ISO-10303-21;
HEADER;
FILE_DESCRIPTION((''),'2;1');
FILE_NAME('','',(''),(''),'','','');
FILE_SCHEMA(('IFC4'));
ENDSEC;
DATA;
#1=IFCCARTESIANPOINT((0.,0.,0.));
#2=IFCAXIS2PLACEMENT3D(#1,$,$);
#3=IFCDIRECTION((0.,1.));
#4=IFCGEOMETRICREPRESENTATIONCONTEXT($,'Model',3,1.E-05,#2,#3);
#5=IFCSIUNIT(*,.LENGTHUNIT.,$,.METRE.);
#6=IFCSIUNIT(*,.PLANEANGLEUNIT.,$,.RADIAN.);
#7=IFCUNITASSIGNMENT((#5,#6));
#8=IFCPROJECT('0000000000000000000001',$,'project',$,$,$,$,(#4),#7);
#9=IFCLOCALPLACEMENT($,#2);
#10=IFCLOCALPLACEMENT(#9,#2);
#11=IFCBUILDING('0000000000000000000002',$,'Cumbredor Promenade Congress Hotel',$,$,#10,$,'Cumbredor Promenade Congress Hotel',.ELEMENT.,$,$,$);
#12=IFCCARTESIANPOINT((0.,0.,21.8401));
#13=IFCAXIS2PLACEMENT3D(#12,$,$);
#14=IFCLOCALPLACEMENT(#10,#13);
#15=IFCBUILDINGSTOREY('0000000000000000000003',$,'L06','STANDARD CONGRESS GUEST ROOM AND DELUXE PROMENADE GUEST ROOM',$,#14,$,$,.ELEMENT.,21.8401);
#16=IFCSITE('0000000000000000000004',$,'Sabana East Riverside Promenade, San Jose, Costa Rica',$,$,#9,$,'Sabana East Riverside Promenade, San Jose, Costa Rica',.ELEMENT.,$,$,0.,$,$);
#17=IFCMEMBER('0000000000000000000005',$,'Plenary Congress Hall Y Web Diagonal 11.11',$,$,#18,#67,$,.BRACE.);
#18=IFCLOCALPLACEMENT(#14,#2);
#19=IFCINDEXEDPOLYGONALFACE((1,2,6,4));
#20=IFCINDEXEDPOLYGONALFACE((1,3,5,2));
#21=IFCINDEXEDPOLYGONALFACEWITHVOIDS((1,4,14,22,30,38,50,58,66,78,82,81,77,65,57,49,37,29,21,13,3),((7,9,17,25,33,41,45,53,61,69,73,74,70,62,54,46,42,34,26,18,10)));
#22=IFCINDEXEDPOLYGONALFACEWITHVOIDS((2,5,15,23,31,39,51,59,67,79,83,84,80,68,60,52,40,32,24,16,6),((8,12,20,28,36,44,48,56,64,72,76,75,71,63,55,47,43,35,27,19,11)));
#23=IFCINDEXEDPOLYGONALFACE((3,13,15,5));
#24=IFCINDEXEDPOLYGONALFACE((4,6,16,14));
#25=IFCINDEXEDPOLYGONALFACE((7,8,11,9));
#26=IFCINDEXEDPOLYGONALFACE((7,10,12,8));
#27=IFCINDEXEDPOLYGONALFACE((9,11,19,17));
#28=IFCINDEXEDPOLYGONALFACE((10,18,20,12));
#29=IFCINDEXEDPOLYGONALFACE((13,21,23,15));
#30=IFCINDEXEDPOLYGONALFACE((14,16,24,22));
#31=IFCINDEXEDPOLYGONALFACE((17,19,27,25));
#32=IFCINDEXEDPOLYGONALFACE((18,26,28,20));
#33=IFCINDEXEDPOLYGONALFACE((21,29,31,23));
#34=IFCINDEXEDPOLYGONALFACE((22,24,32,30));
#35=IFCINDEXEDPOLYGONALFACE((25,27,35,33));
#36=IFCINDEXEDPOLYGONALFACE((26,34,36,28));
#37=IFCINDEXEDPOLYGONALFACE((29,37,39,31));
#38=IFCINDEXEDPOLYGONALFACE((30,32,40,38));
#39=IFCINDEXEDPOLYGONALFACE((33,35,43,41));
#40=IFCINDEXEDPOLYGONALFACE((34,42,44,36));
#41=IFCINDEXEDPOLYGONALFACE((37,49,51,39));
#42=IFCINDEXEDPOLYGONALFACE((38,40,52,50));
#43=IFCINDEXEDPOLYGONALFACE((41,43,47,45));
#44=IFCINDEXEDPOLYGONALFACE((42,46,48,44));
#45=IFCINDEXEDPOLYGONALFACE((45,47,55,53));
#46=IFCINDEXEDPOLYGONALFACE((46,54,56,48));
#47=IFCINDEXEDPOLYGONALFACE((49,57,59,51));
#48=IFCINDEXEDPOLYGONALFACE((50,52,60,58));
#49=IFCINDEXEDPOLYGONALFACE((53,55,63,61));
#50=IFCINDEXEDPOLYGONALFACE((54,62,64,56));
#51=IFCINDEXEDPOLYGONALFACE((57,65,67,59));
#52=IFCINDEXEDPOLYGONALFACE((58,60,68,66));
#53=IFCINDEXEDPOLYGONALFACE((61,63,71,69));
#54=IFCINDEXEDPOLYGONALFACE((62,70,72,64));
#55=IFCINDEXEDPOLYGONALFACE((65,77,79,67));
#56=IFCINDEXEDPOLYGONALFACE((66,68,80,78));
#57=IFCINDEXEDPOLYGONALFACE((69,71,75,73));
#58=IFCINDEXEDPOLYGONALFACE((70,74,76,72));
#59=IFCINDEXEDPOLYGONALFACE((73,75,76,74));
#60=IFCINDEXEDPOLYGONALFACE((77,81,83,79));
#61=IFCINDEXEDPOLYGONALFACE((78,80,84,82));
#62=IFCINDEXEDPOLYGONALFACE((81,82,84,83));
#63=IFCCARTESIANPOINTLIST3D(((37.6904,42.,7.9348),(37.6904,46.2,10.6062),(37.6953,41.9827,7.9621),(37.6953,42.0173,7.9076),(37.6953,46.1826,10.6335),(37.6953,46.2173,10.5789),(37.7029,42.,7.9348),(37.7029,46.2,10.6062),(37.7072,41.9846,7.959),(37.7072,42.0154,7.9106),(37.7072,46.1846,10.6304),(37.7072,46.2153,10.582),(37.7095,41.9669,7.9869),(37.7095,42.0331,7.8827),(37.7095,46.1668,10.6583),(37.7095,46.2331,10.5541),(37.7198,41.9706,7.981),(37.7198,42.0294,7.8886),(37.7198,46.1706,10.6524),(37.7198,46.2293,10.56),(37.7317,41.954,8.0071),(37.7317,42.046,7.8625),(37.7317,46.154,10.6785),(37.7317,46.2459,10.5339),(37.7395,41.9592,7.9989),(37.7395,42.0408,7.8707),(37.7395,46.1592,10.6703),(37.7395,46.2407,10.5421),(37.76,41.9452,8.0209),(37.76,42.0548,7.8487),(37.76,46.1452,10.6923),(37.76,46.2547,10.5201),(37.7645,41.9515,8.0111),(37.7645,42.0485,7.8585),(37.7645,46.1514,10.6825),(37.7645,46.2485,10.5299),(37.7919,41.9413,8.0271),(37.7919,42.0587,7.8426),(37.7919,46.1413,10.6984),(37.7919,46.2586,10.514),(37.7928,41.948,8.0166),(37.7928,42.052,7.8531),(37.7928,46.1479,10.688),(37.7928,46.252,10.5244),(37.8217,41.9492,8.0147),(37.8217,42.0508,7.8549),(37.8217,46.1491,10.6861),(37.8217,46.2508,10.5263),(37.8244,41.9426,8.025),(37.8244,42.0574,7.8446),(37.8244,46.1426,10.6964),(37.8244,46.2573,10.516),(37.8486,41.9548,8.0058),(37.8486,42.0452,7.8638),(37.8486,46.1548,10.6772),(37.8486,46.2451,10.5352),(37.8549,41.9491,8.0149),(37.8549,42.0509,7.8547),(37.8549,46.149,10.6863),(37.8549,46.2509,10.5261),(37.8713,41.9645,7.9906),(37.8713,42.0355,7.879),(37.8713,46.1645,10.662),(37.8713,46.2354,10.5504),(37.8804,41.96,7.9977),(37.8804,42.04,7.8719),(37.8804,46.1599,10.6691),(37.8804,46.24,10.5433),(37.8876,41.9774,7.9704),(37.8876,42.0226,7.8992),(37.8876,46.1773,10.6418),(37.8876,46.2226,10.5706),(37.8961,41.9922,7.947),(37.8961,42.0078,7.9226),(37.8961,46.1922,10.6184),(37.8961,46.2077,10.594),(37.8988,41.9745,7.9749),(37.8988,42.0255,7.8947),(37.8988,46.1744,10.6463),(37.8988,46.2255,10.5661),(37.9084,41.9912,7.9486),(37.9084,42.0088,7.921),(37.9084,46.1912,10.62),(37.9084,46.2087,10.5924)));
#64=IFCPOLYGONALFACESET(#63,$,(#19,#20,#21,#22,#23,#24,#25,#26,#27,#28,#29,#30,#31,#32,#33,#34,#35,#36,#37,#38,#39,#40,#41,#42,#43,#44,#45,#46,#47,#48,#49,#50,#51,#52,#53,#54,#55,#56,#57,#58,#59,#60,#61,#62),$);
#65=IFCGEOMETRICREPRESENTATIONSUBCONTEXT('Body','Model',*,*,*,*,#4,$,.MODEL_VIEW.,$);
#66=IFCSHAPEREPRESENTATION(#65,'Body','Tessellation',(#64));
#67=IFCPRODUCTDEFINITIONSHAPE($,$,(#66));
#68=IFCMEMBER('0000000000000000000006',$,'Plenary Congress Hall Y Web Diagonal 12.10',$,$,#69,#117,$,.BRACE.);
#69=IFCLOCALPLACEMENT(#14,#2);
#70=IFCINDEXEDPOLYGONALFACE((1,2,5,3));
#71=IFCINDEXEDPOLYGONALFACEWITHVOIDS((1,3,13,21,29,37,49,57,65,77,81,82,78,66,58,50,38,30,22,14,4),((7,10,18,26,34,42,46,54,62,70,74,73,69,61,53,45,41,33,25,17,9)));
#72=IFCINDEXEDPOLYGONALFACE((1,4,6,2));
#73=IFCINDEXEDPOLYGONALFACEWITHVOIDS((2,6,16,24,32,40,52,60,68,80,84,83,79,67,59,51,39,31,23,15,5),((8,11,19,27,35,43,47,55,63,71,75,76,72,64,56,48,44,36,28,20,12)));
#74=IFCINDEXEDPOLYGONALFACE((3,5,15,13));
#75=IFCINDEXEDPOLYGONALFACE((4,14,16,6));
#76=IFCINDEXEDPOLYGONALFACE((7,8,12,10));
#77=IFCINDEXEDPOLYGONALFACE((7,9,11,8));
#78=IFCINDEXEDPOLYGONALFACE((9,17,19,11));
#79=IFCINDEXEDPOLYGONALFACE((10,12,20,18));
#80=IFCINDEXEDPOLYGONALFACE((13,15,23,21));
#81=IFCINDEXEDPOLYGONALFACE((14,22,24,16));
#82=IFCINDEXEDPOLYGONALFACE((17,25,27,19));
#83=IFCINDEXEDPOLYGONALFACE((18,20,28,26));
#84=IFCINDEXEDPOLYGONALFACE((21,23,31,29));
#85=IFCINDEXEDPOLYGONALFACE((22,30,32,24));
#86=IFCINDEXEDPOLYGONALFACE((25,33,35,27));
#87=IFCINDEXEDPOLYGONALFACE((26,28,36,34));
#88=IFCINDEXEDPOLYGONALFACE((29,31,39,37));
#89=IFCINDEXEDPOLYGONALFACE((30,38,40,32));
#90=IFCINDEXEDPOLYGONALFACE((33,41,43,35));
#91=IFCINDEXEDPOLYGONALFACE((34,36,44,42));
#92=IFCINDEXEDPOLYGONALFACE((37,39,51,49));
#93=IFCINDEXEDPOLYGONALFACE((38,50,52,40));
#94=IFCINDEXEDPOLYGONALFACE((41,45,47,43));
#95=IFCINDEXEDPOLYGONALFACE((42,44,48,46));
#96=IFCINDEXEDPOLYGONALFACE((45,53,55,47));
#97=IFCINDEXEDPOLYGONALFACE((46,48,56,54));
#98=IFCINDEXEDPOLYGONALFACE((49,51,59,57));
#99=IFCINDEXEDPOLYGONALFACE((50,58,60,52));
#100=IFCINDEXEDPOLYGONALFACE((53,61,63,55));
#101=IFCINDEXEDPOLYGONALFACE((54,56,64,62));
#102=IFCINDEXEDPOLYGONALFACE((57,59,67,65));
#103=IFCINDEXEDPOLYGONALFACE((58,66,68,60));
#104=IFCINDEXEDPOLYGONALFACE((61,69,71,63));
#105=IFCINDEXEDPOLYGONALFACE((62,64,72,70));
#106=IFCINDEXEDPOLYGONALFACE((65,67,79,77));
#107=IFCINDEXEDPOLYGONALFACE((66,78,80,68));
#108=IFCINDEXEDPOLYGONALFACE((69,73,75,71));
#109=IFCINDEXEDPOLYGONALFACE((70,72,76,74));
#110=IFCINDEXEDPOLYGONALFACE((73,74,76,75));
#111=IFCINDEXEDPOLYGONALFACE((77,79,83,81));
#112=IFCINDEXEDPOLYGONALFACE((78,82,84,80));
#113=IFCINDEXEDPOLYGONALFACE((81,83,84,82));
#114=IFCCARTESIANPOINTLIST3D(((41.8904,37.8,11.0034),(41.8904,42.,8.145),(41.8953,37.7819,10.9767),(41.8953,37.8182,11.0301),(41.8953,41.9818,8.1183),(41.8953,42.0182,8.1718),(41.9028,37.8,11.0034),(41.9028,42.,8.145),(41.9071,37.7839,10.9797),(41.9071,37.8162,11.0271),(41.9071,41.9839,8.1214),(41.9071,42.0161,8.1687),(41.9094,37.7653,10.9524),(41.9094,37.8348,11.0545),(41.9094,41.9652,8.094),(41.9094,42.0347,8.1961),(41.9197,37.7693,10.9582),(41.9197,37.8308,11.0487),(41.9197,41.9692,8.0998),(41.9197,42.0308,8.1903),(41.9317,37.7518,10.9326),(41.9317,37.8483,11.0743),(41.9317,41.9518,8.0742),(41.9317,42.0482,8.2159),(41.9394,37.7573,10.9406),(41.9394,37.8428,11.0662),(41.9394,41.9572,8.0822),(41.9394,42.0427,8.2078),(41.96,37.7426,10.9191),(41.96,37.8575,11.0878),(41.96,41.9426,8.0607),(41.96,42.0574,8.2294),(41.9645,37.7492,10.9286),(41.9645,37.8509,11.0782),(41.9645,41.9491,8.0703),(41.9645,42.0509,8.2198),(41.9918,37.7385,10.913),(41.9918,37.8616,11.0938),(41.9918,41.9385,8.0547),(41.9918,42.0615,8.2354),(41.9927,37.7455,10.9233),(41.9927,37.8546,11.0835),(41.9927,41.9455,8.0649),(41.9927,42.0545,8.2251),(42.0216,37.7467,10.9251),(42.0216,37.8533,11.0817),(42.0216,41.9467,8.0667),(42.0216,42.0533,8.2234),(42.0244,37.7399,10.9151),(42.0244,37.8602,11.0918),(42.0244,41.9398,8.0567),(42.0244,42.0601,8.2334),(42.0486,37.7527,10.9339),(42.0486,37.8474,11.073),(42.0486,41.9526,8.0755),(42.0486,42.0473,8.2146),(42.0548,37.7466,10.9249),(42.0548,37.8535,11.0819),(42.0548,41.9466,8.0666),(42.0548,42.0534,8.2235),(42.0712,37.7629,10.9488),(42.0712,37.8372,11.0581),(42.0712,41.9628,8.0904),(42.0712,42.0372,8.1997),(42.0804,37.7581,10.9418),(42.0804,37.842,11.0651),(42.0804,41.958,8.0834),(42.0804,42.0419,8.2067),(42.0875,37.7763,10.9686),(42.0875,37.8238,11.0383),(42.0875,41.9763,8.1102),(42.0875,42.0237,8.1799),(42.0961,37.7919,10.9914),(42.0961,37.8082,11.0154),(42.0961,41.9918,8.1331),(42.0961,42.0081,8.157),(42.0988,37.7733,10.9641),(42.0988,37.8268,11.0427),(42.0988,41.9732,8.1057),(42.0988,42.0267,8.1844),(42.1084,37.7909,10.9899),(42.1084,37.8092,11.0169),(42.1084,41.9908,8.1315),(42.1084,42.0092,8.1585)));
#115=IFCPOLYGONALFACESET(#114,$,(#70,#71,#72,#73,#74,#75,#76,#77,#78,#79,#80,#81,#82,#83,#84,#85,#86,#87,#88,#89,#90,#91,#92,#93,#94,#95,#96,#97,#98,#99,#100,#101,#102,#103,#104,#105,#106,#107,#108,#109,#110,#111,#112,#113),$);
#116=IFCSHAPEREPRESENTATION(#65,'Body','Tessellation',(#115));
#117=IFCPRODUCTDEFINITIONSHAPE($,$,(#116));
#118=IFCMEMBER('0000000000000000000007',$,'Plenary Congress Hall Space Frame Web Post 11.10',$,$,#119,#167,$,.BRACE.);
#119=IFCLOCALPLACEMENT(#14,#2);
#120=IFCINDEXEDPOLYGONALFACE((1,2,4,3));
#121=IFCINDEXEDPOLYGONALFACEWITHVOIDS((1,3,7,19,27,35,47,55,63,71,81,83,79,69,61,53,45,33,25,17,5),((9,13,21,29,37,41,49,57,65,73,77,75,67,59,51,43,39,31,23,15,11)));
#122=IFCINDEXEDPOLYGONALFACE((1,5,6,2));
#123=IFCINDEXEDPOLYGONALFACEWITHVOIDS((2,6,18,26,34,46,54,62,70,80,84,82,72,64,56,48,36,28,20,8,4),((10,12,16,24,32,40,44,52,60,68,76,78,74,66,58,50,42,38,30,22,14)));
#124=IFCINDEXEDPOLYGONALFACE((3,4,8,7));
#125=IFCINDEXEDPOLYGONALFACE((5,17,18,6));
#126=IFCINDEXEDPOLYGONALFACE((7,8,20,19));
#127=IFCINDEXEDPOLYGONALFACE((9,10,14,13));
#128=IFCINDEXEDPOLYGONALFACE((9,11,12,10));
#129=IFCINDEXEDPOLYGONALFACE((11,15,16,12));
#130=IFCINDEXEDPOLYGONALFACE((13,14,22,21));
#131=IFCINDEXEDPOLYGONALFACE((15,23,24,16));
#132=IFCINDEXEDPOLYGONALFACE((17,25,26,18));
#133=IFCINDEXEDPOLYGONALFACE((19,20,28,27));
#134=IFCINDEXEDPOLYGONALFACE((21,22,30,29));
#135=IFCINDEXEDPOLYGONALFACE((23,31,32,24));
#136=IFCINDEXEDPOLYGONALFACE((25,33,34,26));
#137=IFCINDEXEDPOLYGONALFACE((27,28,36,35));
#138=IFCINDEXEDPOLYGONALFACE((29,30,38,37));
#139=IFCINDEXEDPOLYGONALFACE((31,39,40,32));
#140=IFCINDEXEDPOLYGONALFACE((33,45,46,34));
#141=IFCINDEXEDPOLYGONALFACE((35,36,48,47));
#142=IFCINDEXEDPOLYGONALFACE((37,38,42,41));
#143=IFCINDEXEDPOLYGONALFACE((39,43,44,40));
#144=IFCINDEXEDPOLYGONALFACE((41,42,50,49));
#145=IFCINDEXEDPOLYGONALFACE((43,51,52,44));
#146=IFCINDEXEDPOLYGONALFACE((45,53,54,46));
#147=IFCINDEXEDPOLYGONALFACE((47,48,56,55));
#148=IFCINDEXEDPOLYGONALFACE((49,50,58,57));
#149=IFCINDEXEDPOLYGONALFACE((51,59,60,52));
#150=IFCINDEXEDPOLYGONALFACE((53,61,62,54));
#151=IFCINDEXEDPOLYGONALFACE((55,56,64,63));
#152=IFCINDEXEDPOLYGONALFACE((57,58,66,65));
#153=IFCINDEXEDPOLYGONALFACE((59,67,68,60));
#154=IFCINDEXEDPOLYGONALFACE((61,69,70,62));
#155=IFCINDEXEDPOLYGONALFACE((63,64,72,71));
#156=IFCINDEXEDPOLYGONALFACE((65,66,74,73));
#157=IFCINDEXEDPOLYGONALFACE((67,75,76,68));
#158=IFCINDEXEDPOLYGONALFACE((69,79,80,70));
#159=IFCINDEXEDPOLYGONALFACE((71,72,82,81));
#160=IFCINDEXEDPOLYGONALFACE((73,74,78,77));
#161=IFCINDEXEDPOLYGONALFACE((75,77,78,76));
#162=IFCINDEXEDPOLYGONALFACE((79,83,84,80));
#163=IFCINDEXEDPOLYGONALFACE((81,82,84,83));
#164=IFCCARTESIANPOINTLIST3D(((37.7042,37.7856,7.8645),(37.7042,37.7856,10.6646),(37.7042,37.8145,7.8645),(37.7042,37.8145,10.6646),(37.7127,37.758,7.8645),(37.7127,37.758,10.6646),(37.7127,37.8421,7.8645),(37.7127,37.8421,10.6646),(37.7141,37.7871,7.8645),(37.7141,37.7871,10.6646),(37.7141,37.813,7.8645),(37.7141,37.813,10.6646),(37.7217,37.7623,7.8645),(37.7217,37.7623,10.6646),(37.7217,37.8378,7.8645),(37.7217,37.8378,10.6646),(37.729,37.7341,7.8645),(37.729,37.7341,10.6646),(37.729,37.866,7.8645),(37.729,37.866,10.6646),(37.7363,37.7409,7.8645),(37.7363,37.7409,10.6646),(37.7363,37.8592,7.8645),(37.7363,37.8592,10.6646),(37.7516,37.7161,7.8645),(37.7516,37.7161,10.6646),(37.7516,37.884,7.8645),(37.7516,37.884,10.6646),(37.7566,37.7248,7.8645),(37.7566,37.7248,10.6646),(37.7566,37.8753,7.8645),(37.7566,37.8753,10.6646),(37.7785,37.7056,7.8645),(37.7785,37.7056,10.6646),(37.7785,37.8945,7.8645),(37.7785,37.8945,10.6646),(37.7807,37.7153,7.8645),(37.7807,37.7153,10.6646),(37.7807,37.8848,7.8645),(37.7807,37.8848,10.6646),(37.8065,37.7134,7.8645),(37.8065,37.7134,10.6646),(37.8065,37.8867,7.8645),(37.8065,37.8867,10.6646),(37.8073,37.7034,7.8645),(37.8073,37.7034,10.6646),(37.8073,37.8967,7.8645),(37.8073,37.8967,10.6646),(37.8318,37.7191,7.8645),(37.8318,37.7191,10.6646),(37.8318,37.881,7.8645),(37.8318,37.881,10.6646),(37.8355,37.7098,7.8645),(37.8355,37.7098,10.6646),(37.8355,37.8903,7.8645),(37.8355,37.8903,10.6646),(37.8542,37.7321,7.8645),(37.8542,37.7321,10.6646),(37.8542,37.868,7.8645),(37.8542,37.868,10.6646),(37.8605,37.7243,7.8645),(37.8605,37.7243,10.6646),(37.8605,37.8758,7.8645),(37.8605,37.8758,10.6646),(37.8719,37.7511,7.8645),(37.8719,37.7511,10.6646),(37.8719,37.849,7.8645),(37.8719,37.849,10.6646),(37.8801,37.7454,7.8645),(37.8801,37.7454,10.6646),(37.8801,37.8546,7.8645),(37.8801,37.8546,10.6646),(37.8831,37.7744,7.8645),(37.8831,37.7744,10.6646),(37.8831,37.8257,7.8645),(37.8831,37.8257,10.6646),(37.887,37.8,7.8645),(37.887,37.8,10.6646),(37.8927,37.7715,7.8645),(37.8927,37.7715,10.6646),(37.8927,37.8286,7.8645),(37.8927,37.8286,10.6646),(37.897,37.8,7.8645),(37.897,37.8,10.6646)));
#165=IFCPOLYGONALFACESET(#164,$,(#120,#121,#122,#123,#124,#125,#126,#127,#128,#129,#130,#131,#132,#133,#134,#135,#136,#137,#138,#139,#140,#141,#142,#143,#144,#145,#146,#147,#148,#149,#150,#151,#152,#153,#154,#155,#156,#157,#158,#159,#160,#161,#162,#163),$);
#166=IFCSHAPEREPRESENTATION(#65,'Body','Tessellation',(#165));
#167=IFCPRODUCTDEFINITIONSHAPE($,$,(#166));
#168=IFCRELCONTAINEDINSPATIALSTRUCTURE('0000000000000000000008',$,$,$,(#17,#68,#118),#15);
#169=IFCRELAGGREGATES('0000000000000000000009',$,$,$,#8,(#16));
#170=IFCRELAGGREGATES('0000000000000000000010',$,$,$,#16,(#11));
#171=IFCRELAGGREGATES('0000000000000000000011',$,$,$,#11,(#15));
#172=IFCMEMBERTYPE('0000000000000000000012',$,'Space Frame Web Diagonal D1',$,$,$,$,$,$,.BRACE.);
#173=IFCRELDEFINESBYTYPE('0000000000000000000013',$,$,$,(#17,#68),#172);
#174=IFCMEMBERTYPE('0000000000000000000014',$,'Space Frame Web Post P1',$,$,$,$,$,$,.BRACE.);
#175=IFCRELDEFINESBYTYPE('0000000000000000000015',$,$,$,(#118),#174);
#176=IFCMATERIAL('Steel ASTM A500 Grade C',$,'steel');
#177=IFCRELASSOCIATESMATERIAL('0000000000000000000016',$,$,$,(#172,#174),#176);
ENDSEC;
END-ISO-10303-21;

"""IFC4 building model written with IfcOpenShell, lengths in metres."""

from ifc_helpers import new_model, si_unit, direction, frame, origin, origin_2d, place, context, subcontext, project, spatial, hollow_circle, extrude, material, material_profile, profile_set, type_object, element, save


model = new_model("IFC4")

# Units and contexts
model_context = context("Model", 3, precision=1e-05, world=origin(), true_north=direction((0.0, 1.0)))
body_context = subcontext(model_context, "Body", "Model", "MODEL_VIEW")
ifc_project = project(units=[si_unit("LENGTHUNIT", "METRE"), si_unit("PLANEANGLEUNIT", "RADIAN")], contexts=[model_context])

# Site, building, storey
site_placement = place(None, origin())
site = spatial("IfcSite", under=ifc_project, at=site_placement, Name="Sabana East Riverside Promenade, San Jose, Costa Rica", LongName="Sabana East Riverside Promenade, San Jose, Costa Rica", CompositionType="ELEMENT", RefElevation=0.0)
building_placement = place(site_placement, origin())
building = spatial("IfcBuilding", under=site, at=building_placement, Name="Cumbredor Promenade Congress Hotel", LongName="Cumbredor Promenade Congress Hotel", CompositionType="ELEMENT")
storey_placement = place(building_placement, frame((0.0, 0.0, 21.8401)))
storey = spatial("IfcBuildingStorey", under=building, at=storey_placement, Name="L06", Description="STANDARD CONGRESS GUEST ROOM AND DELUXE PROMENADE GUEST ROOM", CompositionType="ELEMENT", Elevation=21.8401)

# Members
ifc_material_1 = material(Name="Steel ASTM A500 Grade C", Category="steel")
ifc_material_profile_1 = material_profile(ifc_material_1, hollow_circle(Radius=0.1096, WallThickness=0.0125, at=origin_2d()), Name="CHS 219.1x12.5")
ifc_profile_set_1 = profile_set([ifc_material_profile_1], Name="Steel ASTM A500 Grade C")
member_type_1 = type_object("IfcMemberType", Name="Space Frame Web Diagonal D1", PredefinedType="BRACE", material=ifc_profile_set_1)
member_1_placement = place(storey_placement, frame((37.8, 42.0, 7.9348), z_axis=(0.0, 0.843781, 0.536688), x_axis=(-1.0, 0.0, 0.0)))
element("IfcMember", 1, at=member_1_placement, inside=storey, type_object=member_type_1, Name="Plenary Congress Hall Y Web Diagonal 11.11", PredefinedType="BRACE", context=body_context, shape_type="SweptSolid", body=[
    extrude(hollow_circle(Radius=0.1096, WallThickness=0.0125, at=origin_2d()), origin(), (0.0, 0.0, 1.0), 4.9775),
])
member_2_placement = place(storey_placement, frame((42.0, 37.8, 11.0034), z_axis=(0.0, 0.826704, -0.562637), x_axis=(-1.0, 0.0, 0.0)))
element("IfcMember", 2, at=member_2_placement, inside=storey, type_object=member_type_1, Name="Plenary Congress Hall Y Web Diagonal 12.10", PredefinedType="BRACE", context=body_context, shape_type="SweptSolid", body=[
    extrude(hollow_circle(Radius=0.1096, WallThickness=0.0125, at=origin_2d()), origin(), (0.0, 0.0, 1.0), 5.0803),
])
ifc_material_profile_2 = material_profile(ifc_material_1, hollow_circle(Radius=0.0969, WallThickness=0.01, at=origin_2d()), Name="CHS 193.7x10")
ifc_profile_set_2 = profile_set([ifc_material_profile_2], Name="Steel ASTM A500 Grade C")
member_type_2 = type_object("IfcMemberType", Name="Space Frame Web Post P1", PredefinedType="BRACE", material=ifc_profile_set_2)
for number, where, z_axis, x_axis, name in (
    (3, (37.8, 37.8, 7.8645), (0.0, 0.0, 1.0), (1.0, 0.0, 0.0), "Plenary Congress Hall Space Frame Web Post 11.10"),
):
    element("IfcMember", number, at=place(storey_placement, frame(where, z_axis=z_axis, x_axis=x_axis)), inside=storey, type_object=member_type_2, Name=name, PredefinedType="BRACE", context=body_context, shape_type="SweptSolid", body=[
        extrude(hollow_circle(Radius=0.0969, WallThickness=0.01, at=origin_2d()), origin(), (0.0, 0.0, 1.0), 2.8),
    ])

save(model, "model.ifc")
